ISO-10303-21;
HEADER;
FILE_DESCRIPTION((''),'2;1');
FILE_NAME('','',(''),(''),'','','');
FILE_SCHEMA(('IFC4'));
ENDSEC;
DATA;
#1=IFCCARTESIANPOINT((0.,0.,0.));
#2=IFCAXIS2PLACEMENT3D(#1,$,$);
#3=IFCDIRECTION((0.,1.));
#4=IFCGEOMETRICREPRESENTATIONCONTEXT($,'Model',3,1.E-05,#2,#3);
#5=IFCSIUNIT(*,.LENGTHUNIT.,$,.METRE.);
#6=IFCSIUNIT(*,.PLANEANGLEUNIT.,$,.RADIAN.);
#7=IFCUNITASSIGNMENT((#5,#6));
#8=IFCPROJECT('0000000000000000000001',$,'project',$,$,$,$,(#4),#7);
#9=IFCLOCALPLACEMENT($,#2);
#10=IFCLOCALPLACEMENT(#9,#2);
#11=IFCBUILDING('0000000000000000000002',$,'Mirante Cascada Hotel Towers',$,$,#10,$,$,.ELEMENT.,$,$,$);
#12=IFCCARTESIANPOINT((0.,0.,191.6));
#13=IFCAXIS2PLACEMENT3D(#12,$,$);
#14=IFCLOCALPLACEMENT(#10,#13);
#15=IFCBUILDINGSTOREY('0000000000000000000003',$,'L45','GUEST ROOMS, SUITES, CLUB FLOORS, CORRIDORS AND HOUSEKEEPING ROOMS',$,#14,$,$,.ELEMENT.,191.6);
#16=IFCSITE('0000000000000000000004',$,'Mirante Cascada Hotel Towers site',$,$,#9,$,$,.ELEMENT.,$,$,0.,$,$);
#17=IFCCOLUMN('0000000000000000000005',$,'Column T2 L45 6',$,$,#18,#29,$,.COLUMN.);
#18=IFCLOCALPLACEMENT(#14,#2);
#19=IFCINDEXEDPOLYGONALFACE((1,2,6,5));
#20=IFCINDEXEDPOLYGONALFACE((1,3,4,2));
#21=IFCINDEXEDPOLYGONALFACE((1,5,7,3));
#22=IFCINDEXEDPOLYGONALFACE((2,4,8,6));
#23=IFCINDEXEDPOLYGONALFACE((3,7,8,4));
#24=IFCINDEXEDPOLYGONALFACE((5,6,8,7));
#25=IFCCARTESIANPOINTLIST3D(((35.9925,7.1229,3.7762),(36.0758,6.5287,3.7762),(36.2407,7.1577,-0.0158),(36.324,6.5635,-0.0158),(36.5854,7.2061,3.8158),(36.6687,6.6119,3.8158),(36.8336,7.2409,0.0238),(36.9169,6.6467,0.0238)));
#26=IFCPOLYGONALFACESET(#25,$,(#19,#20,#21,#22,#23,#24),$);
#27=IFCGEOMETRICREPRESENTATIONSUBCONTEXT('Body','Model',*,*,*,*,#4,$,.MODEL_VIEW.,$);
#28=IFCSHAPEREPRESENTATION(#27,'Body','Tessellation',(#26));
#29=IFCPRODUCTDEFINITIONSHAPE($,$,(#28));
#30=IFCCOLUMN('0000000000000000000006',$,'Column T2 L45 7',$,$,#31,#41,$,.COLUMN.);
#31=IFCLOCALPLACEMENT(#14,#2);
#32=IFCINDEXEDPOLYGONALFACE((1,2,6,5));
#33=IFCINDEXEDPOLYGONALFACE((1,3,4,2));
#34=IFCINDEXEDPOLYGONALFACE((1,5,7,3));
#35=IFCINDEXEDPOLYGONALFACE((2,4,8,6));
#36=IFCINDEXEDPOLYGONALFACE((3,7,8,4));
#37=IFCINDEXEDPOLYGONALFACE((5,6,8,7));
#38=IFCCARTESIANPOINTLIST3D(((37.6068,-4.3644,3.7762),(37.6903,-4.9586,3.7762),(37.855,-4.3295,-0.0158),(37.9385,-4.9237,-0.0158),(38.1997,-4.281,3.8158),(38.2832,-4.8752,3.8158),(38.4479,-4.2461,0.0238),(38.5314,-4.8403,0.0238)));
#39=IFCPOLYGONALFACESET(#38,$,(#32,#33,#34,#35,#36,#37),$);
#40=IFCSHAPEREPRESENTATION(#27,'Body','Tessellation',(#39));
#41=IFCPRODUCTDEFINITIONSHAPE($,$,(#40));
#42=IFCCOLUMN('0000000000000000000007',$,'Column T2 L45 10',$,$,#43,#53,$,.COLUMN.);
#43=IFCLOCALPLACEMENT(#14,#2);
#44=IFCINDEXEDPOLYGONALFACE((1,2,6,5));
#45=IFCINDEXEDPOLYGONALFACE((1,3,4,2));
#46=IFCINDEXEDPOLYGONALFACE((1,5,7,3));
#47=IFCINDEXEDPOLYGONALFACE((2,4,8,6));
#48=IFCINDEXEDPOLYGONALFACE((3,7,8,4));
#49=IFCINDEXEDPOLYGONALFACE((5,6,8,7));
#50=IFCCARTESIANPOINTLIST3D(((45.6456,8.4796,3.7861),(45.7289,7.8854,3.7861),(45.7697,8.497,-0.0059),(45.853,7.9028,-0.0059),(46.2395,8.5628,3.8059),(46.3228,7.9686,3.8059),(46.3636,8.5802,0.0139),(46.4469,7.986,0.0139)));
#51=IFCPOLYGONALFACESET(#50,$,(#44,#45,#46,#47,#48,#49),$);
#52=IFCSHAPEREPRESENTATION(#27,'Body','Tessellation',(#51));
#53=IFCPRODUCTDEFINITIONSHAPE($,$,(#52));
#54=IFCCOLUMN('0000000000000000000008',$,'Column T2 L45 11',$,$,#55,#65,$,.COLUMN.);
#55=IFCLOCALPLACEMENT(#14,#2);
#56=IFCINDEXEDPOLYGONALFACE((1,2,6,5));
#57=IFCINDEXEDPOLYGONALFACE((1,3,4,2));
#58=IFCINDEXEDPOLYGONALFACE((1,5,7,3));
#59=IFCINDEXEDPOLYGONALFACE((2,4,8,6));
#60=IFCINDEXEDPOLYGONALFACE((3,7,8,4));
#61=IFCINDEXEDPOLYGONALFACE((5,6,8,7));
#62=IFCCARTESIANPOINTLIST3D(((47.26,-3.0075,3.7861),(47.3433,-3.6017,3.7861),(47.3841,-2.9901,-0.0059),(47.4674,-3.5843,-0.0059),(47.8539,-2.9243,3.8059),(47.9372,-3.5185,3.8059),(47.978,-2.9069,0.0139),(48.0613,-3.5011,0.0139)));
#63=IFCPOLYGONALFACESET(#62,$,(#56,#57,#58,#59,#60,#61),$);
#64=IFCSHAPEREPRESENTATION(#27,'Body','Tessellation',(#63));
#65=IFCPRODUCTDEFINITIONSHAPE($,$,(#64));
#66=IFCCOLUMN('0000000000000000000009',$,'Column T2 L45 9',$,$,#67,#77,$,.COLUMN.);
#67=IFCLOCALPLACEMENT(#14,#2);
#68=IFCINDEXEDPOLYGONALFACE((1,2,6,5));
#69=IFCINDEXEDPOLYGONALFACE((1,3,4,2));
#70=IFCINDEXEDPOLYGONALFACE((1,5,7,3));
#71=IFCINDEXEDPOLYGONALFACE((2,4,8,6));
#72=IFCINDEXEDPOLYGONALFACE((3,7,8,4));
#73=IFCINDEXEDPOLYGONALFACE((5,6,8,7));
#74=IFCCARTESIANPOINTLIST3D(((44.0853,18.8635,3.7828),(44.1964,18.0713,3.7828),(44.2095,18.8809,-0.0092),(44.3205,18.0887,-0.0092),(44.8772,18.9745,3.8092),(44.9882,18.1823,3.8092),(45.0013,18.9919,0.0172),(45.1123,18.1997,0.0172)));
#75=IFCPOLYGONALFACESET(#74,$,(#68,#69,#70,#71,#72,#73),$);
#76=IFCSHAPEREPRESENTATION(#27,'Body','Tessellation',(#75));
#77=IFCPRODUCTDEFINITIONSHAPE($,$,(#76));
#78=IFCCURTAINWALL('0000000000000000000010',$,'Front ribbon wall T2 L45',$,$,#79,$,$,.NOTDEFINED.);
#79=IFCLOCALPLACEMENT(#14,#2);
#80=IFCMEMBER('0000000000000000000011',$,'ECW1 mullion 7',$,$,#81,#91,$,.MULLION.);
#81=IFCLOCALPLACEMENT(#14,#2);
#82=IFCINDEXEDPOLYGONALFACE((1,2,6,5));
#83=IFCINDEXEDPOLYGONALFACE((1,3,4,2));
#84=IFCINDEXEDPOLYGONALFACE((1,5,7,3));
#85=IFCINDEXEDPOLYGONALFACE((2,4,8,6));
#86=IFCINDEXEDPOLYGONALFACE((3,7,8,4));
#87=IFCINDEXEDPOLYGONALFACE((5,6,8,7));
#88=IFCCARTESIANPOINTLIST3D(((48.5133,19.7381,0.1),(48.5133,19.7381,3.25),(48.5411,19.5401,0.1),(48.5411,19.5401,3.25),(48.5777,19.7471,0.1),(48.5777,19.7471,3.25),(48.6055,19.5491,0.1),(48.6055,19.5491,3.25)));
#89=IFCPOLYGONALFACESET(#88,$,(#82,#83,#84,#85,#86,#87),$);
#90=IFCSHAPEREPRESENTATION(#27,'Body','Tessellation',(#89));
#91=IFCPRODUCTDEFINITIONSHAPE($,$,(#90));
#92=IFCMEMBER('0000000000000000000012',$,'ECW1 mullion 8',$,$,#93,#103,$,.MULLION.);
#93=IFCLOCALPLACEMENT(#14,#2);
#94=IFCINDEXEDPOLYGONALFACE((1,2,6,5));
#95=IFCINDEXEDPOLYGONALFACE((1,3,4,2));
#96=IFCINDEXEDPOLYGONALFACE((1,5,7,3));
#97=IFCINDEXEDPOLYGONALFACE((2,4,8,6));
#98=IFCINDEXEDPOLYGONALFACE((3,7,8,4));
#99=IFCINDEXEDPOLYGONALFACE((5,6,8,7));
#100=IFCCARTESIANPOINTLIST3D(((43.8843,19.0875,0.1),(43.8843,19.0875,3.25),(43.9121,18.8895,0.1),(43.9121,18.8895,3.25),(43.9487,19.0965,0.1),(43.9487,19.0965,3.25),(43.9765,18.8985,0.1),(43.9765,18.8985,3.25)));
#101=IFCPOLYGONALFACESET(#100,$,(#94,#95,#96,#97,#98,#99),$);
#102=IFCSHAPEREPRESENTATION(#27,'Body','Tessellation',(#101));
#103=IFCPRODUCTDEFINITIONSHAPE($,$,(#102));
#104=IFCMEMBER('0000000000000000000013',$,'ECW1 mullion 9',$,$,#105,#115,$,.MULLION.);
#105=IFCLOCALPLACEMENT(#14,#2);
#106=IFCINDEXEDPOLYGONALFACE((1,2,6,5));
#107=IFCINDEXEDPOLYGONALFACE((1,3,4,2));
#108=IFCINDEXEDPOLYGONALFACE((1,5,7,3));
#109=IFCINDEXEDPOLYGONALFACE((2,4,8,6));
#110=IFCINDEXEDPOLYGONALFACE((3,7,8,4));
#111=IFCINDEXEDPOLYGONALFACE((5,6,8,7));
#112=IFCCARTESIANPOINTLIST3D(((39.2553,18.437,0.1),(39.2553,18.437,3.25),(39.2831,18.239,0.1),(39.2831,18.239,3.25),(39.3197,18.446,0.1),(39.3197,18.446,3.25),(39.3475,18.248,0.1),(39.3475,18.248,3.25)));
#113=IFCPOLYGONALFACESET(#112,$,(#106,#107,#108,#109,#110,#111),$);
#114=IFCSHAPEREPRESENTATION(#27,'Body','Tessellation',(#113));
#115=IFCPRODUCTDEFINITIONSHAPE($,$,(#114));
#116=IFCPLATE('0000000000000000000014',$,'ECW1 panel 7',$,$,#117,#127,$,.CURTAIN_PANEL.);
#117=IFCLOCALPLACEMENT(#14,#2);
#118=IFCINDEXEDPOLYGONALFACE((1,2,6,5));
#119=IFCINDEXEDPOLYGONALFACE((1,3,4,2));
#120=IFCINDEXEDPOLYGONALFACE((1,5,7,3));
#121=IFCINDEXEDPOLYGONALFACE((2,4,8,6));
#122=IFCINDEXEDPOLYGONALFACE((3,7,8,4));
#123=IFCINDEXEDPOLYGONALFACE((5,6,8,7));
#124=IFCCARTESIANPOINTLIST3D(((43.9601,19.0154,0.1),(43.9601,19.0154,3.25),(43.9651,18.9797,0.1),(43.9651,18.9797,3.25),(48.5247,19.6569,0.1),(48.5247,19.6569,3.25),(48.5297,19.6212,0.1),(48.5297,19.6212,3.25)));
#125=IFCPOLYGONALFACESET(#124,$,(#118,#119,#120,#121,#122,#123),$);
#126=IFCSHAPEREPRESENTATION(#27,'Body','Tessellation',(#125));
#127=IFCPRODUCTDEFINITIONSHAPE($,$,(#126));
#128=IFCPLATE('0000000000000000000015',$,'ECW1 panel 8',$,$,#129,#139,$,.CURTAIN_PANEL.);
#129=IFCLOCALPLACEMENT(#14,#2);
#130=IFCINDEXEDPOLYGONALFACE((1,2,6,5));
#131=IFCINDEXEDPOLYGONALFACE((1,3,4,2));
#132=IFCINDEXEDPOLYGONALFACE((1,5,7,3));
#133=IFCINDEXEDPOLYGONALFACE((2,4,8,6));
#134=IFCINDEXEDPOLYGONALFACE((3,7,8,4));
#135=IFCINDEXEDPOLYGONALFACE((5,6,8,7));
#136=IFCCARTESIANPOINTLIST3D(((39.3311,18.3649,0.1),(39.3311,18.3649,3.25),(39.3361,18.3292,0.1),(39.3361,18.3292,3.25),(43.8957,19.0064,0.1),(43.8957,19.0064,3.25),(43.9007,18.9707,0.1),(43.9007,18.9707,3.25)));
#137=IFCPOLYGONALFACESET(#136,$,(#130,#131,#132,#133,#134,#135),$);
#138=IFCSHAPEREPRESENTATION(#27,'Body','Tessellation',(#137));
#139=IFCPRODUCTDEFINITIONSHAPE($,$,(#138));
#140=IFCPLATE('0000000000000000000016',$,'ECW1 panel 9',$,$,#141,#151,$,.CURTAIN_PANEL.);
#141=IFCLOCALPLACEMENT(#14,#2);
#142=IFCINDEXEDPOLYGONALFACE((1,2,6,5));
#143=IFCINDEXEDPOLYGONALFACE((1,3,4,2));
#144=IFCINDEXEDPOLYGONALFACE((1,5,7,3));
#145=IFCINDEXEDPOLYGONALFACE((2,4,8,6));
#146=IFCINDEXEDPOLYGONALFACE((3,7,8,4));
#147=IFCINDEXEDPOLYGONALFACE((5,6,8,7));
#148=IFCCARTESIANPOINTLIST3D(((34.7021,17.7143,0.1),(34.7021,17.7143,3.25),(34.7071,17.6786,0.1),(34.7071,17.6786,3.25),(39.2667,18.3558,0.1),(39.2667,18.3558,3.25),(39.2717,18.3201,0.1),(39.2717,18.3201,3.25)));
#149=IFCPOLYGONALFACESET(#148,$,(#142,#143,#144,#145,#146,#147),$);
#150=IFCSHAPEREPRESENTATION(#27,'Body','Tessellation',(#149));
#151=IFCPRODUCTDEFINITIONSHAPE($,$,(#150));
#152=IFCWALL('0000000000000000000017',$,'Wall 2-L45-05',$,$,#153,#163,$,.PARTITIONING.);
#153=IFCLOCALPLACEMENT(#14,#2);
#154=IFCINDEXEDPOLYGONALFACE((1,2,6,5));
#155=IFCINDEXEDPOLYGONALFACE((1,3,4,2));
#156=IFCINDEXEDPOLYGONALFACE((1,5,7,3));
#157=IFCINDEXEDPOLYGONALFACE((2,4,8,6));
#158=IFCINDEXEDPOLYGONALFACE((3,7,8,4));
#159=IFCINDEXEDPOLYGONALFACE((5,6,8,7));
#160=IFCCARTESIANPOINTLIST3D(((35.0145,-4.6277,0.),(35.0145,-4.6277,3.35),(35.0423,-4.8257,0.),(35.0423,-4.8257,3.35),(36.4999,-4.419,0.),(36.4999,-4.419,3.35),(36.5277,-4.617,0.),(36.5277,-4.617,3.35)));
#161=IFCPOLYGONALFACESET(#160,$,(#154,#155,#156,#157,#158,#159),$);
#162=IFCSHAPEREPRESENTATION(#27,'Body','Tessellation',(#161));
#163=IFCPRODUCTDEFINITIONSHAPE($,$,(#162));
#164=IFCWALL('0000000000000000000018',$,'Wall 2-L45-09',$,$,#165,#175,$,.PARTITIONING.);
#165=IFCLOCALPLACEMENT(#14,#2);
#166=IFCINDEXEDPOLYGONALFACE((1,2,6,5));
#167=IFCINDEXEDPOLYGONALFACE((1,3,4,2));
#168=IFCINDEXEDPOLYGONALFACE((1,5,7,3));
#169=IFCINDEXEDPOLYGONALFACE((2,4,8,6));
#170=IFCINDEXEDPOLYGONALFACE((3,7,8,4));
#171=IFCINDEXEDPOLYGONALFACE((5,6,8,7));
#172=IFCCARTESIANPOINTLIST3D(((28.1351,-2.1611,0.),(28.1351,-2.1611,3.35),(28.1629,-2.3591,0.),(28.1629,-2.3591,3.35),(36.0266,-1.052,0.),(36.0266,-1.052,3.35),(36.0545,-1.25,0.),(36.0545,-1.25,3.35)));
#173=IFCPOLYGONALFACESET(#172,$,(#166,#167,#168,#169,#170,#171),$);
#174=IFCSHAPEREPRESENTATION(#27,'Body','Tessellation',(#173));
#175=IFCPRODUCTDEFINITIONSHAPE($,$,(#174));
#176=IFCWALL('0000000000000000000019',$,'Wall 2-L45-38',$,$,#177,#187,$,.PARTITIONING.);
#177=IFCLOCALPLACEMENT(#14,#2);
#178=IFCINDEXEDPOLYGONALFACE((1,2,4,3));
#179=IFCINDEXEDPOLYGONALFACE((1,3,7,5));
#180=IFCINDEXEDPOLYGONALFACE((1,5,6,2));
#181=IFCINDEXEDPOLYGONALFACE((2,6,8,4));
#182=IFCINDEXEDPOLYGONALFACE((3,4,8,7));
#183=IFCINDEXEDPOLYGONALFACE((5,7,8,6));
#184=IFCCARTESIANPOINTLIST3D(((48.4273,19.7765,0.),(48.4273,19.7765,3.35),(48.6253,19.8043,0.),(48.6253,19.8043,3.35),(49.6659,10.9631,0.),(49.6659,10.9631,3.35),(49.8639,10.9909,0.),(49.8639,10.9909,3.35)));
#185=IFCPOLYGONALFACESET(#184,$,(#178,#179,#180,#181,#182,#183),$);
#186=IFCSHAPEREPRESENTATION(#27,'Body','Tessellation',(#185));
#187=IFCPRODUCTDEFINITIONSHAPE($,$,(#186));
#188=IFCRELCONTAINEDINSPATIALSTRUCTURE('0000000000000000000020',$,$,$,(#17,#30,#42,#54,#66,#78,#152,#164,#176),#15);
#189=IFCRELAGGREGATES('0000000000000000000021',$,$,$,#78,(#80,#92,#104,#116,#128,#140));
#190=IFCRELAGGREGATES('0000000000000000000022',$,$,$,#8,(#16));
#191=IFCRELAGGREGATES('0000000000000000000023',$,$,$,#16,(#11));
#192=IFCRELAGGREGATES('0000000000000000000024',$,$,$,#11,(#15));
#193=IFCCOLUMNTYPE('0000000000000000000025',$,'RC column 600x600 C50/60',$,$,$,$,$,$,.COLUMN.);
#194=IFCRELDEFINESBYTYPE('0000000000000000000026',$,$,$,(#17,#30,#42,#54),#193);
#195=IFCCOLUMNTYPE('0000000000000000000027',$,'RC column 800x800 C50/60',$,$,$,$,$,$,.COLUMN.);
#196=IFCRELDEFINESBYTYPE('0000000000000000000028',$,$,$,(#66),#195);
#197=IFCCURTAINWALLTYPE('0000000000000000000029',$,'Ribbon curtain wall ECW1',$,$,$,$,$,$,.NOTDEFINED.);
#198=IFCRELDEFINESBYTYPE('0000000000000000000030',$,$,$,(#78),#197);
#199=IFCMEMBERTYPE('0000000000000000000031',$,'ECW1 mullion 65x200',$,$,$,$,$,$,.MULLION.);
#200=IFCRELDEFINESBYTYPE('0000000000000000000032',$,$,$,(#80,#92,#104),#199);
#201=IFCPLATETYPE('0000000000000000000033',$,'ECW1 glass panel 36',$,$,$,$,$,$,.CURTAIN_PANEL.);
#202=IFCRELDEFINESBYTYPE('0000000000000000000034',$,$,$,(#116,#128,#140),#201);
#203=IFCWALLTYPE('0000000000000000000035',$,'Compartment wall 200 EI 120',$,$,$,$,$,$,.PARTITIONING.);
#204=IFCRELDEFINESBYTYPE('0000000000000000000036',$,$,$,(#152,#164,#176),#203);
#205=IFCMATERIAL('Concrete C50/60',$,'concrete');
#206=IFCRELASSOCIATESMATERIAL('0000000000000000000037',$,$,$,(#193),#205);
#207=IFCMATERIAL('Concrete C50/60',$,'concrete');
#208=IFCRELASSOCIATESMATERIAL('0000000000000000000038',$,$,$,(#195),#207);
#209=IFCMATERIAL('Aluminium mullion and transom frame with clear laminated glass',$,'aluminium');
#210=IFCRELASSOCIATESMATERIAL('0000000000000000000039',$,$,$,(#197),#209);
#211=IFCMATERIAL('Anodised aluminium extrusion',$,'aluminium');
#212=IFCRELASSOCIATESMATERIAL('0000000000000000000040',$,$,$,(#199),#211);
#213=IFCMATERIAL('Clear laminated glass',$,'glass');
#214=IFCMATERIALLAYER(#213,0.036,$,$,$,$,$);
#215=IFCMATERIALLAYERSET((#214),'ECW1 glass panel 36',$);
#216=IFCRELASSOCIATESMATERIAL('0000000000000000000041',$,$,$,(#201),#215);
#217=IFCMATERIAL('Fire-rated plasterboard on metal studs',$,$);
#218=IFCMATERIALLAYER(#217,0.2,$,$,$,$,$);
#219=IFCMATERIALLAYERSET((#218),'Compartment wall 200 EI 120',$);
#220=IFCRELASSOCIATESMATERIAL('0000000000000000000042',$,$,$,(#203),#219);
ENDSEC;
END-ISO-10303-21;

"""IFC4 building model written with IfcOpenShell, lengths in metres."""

from ifc_helpers import new_model, si_unit, direction, frame, frame_2d, origin, origin_2d, place, context, subcontext, project, spatial, rectangle, extrude, material, layer, layer_set, material_profile, profile_set, type_object, element, aggregate, save


model = new_model("IFC4")

# Units and contexts
model_context = context("Model", 3, precision=1e-05, world=origin(), true_north=direction((0.0, 1.0)))
body_context = subcontext(model_context, "Body", "Model", "MODEL_VIEW")
ifc_project = project(units=[si_unit("LENGTHUNIT", "METRE"), si_unit("PLANEANGLEUNIT", "RADIAN")], contexts=[model_context])

# Site, building, storey
site_placement = place(None, origin())
site = spatial("IfcSite", under=ifc_project, at=site_placement, Name="Mirante Cascada Hotel Towers site", CompositionType="ELEMENT", RefElevation=0.0)
building_placement = place(site_placement, origin())
building = spatial("IfcBuilding", under=site, at=building_placement, Name="Mirante Cascada Hotel Towers", CompositionType="ELEMENT")
storey_placement = place(building_placement, frame((0.0, 0.0, 191.6)))
storey = spatial("IfcBuildingStorey", under=building, at=storey_placement, Name="L45", Description="GUEST ROOMS, SUITES, CLUB FLOORS, CORRIDORS AND HOUSEKEEPING ROOMS", CompositionType="ELEMENT", Elevation=191.6)

# Columns
ifc_material_1 = material(Name="Concrete C50/60", Category="concrete")
ifc_material_profile_1 = material_profile(ifc_material_1, rectangle(XDim=0.6, YDim=0.6, at=origin_2d()), Name="RC column 600x600 C50/60")
ifc_profile_set_1 = profile_set([ifc_material_profile_1], Name="Concrete C50/60")
column_type_1 = type_object("IfcColumnType", Name="RC column 600x600 C50/60", PredefinedType="COLUMN", material=ifc_profile_set_1)
for number, where, z_axis, x_axis, name in (
    (1, (36.5788, 6.9022, 0.004), (-0.065311, -0.009157, 0.997823), (0.138851, -0.990313, 0.0), "Column T2 L45 6"),
    (2, (38.1932, -4.5849, 0.004), (-0.065311, -0.009184, 0.997823), (0.139243, -0.990258, 0.0), "Column T2 L45 7"),
):
    element("IfcColumn", number, at=place(storey_placement, frame(where, z_axis=z_axis, x_axis=x_axis)), inside=storey, type_object=column_type_1, Name=name, PredefinedType="COLUMN", context=body_context, shape_type="SweptSolid", body=[
        extrude(rectangle(XDim=0.6, YDim=0.6, at=origin_2d()), origin(), (0.0, 0.0, 1.0), 3.8003),
    ])
for number, where, z_axis, x_axis, name in (
    (3, (46.1083, 8.2415, 0.004), (-0.032709, -0.004586, 0.999454), (0.138851, -0.990313, 0.0), "Column T2 L45 10"),
    (4, (47.7227, -3.2456, 0.004), (-0.032709, -0.004586, 0.999454), (0.138851, -0.990313, 0.0), "Column T2 L45 11"),
):
    element("IfcColumn", number, at=place(storey_placement, frame(where, z_axis=z_axis, x_axis=x_axis)), inside=storey, type_object=column_type_1, Name=name, PredefinedType="COLUMN", context=body_context, shape_type="SweptSolid", body=[
        extrude(rectangle(XDim=0.6, YDim=0.6, at=origin_2d()), origin(), (0.0, 0.0, 1.0), 3.7941),
    ])
ifc_material_2 = material(Name="Concrete C50/60", Category="concrete")
ifc_material_profile_2 = material_profile(ifc_material_2, rectangle(XDim=0.8, YDim=0.8, at=origin_2d()), Name="RC column 800x800 C50/60")
ifc_profile_set_2 = profile_set([ifc_material_profile_2], Name="Concrete C50/60")
column_type_2 = type_object("IfcColumnType", Name="RC column 800x800 C50/60", PredefinedType="COLUMN", material=ifc_profile_set_2)
column_placement = place(storey_placement, frame((44.6609, 18.5403, 0.004), z_axis=(-0.032709, -0.004586, 0.999454), x_axis=(0.138851, -0.990313, 0.0)))
element("IfcColumn", 5, at=column_placement, inside=storey, type_object=column_type_2, Name="Column T2 L45 9", PredefinedType="COLUMN", context=body_context, shape_type="SweptSolid", body=[
    extrude(rectangle(XDim=0.8, YDim=0.8, at=origin_2d()), origin(), (0.0, 0.0, 1.0), 3.7941),
])

# Curtain wall, members, plates
ifc_material_3 = material(Name="Aluminium mullion and transom frame with clear laminated glass", Category="aluminium")
curtain_wall_type = type_object("IfcCurtainWallType", Name="Ribbon curtain wall ECW1", PredefinedType="NOTDEFINED", material=ifc_material_3)
curtain_wall_placement = place(storey_placement, origin())
curtain_wall = element("IfcCurtainWall", 6, at=curtain_wall_placement, inside=storey, type_object=curtain_wall_type, Name="Front ribbon wall T2 L45", PredefinedType="NOTDEFINED")
ifc_material_4 = material(Name="Anodised aluminium extrusion", Category="aluminium")
ifc_material_profile_3 = material_profile(ifc_material_4, rectangle(XDim=0.2, YDim=0.065, at=origin_2d()), Name="ECW1 MULLION 65x200")
ifc_profile_set_3 = profile_set([ifc_material_profile_3], Name="Anodised aluminium extrusion")
member_type = type_object("IfcMemberType", Name="ECW1 mullion 65x200", PredefinedType="MULLION", material=ifc_profile_set_3)
member_1_placement = place(storey_placement, frame((48.5594, 19.6436, 0.1), z_axis=(0.0, 0.0, 1.0), x_axis=(0.139173, -0.990268, 0.0)))
member_1 = element("IfcMember", 7, at=member_1_placement, type_object=member_type, Name="ECW1 mullion 7", PredefinedType="MULLION", context=body_context, shape_type="SweptSolid", body=[
    extrude(rectangle(XDim=0.2, YDim=0.065, at=origin_2d()), origin(), (0.0, 0.0, 1.0), 3.15),
])
member_2_placement = place(storey_placement, frame((43.9304, 18.993, 0.1), z_axis=(0.0, 0.0, 1.0), x_axis=(0.139173, -0.990268, 0.0)))
member_2 = element("IfcMember", 8, at=member_2_placement, type_object=member_type, Name="ECW1 mullion 8", PredefinedType="MULLION", context=body_context, shape_type="SweptSolid", body=[
    extrude(rectangle(XDim=0.2, YDim=0.065, at=origin_2d()), origin(), (0.0, 0.0, 1.0), 3.15),
])
member_3_placement = place(storey_placement, frame((39.3014, 18.3425, 0.1), z_axis=(0.0, 0.0, 1.0), x_axis=(0.139173, -0.990268, 0.0)))
member_3 = element("IfcMember", 9, at=member_3_placement, type_object=member_type, Name="ECW1 mullion 9", PredefinedType="MULLION", context=body_context, shape_type="SweptSolid", body=[
    extrude(rectangle(XDim=0.2, YDim=0.065, at=origin_2d()), origin(), (0.0, 0.0, 1.0), 3.15),
])
ifc_material_5 = material(Name="Clear laminated glass", Category="glass")
ifc_layer_1 = layer(ifc_material_5, 0.036)
ifc_layer_set_1 = layer_set([ifc_layer_1], Name="ECW1 glass panel 36")
plate_type = type_object("IfcPlateType", Name="ECW1 glass panel 36", PredefinedType="CURTAIN_PANEL", material=ifc_layer_set_1)
plate_1_placement = place(storey_placement, frame((46.2449, 19.3183, 0.1), z_axis=(0.0, 0.0, 1.0), x_axis=(-0.990268, -0.139173, 0.0)))
plate_1 = element("IfcPlate", 10, at=plate_1_placement, type_object=plate_type, Name="ECW1 panel 7", PredefinedType="CURTAIN_PANEL", context=body_context, shape_type="SweptSolid", body=[
    extrude(rectangle(XDim=4.6095, YDim=0.036, at=origin_2d()), origin(), (0.0, 0.0, 1.0), 3.15),
])
plate_2_placement = place(storey_placement, frame((41.6159, 18.6678, 0.1), z_axis=(0.0, 0.0, 1.0), x_axis=(-0.990268, -0.139173, 0.0)))
plate_2 = element("IfcPlate", 11, at=plate_2_placement, type_object=plate_type, Name="ECW1 panel 8", PredefinedType="CURTAIN_PANEL", context=body_context, shape_type="SweptSolid", body=[
    extrude(rectangle(XDim=4.6095, YDim=0.036, at=origin_2d()), origin(), (0.0, 0.0, 1.0), 3.15),
])
plate_3_placement = place(storey_placement, frame((36.9869, 18.0172, 0.1), z_axis=(0.0, 0.0, 1.0), x_axis=(-0.990268, -0.139173, 0.0)))
plate_3 = element("IfcPlate", 12, at=plate_3_placement, type_object=plate_type, Name="ECW1 panel 9", PredefinedType="CURTAIN_PANEL", context=body_context, shape_type="SweptSolid", body=[
    extrude(rectangle(XDim=4.6095, YDim=0.036, at=origin_2d()), origin(), (0.0, 0.0, 1.0), 3.15),
])
aggregate(curtain_wall, [member_1, member_2, member_3, plate_1, plate_2, plate_3])

# Walls
ifc_material_6 = material(Name="Fire-rated plasterboard on metal studs")
ifc_layer_2 = layer(ifc_material_6, 0.2)
ifc_layer_set_2 = layer_set([ifc_layer_2], Name="Compartment wall 200 EI 120")
wall_type_1 = type_object("IfcWallType", Name="Compartment wall 200 EI 120", PredefinedType="PARTITIONING", material=ifc_layer_set_2)
wall_1_placement = place(storey_placement, frame((36.5138, -4.518, 0.0), z_axis=(0.0, 0.0, 1.0), x_axis=(-0.990274, -0.139134, 0.0)))
element("IfcWall", 13, at=wall_1_placement, inside=storey, type_object=wall_type_1, Name="Wall 2-L45-05", PredefinedType="PARTITIONING", context=body_context, shape_type="SweptSolid", body=[
    extrude(rectangle(XDim=1.5, YDim=0.2, at=frame_2d((0.75, 0.0))), origin(), (0.0, 0.0, 1.0), 3.35),
])
wall_2_placement = place(storey_placement, frame((36.0406, -1.151, 0.0), z_axis=(0.0, 0.0, 1.0), x_axis=(-0.990268, -0.139176, 0.0)))
element("IfcWall", 14, at=wall_2_placement, inside=storey, type_object=wall_type_1, Name="Wall 2-L45-09", PredefinedType="PARTITIONING", context=body_context, shape_type="SweptSolid", body=[
    extrude(rectangle(XDim=7.9691, YDim=0.2, at=frame_2d((3.9846, 0.0))), origin(), (0.0, 0.0, 1.0), 3.35),
])
wall_3_placement = place(storey_placement, frame((49.7649, 10.977, 0.0), z_axis=(0.0, 0.0, 1.0), x_axis=(-0.139168, 0.990269, 0.0)))
element("IfcWall", 15, at=wall_3_placement, inside=storey, type_object=wall_type_1, Name="Wall 2-L45-38", PredefinedType="PARTITIONING", context=body_context, shape_type="SweptSolid", body=[
    extrude(rectangle(XDim=8.9, YDim=0.2, at=frame_2d((4.45, 0.0))), origin(), (0.0, 0.0, 1.0), 3.35),
])

save(model, "model.ifc")
